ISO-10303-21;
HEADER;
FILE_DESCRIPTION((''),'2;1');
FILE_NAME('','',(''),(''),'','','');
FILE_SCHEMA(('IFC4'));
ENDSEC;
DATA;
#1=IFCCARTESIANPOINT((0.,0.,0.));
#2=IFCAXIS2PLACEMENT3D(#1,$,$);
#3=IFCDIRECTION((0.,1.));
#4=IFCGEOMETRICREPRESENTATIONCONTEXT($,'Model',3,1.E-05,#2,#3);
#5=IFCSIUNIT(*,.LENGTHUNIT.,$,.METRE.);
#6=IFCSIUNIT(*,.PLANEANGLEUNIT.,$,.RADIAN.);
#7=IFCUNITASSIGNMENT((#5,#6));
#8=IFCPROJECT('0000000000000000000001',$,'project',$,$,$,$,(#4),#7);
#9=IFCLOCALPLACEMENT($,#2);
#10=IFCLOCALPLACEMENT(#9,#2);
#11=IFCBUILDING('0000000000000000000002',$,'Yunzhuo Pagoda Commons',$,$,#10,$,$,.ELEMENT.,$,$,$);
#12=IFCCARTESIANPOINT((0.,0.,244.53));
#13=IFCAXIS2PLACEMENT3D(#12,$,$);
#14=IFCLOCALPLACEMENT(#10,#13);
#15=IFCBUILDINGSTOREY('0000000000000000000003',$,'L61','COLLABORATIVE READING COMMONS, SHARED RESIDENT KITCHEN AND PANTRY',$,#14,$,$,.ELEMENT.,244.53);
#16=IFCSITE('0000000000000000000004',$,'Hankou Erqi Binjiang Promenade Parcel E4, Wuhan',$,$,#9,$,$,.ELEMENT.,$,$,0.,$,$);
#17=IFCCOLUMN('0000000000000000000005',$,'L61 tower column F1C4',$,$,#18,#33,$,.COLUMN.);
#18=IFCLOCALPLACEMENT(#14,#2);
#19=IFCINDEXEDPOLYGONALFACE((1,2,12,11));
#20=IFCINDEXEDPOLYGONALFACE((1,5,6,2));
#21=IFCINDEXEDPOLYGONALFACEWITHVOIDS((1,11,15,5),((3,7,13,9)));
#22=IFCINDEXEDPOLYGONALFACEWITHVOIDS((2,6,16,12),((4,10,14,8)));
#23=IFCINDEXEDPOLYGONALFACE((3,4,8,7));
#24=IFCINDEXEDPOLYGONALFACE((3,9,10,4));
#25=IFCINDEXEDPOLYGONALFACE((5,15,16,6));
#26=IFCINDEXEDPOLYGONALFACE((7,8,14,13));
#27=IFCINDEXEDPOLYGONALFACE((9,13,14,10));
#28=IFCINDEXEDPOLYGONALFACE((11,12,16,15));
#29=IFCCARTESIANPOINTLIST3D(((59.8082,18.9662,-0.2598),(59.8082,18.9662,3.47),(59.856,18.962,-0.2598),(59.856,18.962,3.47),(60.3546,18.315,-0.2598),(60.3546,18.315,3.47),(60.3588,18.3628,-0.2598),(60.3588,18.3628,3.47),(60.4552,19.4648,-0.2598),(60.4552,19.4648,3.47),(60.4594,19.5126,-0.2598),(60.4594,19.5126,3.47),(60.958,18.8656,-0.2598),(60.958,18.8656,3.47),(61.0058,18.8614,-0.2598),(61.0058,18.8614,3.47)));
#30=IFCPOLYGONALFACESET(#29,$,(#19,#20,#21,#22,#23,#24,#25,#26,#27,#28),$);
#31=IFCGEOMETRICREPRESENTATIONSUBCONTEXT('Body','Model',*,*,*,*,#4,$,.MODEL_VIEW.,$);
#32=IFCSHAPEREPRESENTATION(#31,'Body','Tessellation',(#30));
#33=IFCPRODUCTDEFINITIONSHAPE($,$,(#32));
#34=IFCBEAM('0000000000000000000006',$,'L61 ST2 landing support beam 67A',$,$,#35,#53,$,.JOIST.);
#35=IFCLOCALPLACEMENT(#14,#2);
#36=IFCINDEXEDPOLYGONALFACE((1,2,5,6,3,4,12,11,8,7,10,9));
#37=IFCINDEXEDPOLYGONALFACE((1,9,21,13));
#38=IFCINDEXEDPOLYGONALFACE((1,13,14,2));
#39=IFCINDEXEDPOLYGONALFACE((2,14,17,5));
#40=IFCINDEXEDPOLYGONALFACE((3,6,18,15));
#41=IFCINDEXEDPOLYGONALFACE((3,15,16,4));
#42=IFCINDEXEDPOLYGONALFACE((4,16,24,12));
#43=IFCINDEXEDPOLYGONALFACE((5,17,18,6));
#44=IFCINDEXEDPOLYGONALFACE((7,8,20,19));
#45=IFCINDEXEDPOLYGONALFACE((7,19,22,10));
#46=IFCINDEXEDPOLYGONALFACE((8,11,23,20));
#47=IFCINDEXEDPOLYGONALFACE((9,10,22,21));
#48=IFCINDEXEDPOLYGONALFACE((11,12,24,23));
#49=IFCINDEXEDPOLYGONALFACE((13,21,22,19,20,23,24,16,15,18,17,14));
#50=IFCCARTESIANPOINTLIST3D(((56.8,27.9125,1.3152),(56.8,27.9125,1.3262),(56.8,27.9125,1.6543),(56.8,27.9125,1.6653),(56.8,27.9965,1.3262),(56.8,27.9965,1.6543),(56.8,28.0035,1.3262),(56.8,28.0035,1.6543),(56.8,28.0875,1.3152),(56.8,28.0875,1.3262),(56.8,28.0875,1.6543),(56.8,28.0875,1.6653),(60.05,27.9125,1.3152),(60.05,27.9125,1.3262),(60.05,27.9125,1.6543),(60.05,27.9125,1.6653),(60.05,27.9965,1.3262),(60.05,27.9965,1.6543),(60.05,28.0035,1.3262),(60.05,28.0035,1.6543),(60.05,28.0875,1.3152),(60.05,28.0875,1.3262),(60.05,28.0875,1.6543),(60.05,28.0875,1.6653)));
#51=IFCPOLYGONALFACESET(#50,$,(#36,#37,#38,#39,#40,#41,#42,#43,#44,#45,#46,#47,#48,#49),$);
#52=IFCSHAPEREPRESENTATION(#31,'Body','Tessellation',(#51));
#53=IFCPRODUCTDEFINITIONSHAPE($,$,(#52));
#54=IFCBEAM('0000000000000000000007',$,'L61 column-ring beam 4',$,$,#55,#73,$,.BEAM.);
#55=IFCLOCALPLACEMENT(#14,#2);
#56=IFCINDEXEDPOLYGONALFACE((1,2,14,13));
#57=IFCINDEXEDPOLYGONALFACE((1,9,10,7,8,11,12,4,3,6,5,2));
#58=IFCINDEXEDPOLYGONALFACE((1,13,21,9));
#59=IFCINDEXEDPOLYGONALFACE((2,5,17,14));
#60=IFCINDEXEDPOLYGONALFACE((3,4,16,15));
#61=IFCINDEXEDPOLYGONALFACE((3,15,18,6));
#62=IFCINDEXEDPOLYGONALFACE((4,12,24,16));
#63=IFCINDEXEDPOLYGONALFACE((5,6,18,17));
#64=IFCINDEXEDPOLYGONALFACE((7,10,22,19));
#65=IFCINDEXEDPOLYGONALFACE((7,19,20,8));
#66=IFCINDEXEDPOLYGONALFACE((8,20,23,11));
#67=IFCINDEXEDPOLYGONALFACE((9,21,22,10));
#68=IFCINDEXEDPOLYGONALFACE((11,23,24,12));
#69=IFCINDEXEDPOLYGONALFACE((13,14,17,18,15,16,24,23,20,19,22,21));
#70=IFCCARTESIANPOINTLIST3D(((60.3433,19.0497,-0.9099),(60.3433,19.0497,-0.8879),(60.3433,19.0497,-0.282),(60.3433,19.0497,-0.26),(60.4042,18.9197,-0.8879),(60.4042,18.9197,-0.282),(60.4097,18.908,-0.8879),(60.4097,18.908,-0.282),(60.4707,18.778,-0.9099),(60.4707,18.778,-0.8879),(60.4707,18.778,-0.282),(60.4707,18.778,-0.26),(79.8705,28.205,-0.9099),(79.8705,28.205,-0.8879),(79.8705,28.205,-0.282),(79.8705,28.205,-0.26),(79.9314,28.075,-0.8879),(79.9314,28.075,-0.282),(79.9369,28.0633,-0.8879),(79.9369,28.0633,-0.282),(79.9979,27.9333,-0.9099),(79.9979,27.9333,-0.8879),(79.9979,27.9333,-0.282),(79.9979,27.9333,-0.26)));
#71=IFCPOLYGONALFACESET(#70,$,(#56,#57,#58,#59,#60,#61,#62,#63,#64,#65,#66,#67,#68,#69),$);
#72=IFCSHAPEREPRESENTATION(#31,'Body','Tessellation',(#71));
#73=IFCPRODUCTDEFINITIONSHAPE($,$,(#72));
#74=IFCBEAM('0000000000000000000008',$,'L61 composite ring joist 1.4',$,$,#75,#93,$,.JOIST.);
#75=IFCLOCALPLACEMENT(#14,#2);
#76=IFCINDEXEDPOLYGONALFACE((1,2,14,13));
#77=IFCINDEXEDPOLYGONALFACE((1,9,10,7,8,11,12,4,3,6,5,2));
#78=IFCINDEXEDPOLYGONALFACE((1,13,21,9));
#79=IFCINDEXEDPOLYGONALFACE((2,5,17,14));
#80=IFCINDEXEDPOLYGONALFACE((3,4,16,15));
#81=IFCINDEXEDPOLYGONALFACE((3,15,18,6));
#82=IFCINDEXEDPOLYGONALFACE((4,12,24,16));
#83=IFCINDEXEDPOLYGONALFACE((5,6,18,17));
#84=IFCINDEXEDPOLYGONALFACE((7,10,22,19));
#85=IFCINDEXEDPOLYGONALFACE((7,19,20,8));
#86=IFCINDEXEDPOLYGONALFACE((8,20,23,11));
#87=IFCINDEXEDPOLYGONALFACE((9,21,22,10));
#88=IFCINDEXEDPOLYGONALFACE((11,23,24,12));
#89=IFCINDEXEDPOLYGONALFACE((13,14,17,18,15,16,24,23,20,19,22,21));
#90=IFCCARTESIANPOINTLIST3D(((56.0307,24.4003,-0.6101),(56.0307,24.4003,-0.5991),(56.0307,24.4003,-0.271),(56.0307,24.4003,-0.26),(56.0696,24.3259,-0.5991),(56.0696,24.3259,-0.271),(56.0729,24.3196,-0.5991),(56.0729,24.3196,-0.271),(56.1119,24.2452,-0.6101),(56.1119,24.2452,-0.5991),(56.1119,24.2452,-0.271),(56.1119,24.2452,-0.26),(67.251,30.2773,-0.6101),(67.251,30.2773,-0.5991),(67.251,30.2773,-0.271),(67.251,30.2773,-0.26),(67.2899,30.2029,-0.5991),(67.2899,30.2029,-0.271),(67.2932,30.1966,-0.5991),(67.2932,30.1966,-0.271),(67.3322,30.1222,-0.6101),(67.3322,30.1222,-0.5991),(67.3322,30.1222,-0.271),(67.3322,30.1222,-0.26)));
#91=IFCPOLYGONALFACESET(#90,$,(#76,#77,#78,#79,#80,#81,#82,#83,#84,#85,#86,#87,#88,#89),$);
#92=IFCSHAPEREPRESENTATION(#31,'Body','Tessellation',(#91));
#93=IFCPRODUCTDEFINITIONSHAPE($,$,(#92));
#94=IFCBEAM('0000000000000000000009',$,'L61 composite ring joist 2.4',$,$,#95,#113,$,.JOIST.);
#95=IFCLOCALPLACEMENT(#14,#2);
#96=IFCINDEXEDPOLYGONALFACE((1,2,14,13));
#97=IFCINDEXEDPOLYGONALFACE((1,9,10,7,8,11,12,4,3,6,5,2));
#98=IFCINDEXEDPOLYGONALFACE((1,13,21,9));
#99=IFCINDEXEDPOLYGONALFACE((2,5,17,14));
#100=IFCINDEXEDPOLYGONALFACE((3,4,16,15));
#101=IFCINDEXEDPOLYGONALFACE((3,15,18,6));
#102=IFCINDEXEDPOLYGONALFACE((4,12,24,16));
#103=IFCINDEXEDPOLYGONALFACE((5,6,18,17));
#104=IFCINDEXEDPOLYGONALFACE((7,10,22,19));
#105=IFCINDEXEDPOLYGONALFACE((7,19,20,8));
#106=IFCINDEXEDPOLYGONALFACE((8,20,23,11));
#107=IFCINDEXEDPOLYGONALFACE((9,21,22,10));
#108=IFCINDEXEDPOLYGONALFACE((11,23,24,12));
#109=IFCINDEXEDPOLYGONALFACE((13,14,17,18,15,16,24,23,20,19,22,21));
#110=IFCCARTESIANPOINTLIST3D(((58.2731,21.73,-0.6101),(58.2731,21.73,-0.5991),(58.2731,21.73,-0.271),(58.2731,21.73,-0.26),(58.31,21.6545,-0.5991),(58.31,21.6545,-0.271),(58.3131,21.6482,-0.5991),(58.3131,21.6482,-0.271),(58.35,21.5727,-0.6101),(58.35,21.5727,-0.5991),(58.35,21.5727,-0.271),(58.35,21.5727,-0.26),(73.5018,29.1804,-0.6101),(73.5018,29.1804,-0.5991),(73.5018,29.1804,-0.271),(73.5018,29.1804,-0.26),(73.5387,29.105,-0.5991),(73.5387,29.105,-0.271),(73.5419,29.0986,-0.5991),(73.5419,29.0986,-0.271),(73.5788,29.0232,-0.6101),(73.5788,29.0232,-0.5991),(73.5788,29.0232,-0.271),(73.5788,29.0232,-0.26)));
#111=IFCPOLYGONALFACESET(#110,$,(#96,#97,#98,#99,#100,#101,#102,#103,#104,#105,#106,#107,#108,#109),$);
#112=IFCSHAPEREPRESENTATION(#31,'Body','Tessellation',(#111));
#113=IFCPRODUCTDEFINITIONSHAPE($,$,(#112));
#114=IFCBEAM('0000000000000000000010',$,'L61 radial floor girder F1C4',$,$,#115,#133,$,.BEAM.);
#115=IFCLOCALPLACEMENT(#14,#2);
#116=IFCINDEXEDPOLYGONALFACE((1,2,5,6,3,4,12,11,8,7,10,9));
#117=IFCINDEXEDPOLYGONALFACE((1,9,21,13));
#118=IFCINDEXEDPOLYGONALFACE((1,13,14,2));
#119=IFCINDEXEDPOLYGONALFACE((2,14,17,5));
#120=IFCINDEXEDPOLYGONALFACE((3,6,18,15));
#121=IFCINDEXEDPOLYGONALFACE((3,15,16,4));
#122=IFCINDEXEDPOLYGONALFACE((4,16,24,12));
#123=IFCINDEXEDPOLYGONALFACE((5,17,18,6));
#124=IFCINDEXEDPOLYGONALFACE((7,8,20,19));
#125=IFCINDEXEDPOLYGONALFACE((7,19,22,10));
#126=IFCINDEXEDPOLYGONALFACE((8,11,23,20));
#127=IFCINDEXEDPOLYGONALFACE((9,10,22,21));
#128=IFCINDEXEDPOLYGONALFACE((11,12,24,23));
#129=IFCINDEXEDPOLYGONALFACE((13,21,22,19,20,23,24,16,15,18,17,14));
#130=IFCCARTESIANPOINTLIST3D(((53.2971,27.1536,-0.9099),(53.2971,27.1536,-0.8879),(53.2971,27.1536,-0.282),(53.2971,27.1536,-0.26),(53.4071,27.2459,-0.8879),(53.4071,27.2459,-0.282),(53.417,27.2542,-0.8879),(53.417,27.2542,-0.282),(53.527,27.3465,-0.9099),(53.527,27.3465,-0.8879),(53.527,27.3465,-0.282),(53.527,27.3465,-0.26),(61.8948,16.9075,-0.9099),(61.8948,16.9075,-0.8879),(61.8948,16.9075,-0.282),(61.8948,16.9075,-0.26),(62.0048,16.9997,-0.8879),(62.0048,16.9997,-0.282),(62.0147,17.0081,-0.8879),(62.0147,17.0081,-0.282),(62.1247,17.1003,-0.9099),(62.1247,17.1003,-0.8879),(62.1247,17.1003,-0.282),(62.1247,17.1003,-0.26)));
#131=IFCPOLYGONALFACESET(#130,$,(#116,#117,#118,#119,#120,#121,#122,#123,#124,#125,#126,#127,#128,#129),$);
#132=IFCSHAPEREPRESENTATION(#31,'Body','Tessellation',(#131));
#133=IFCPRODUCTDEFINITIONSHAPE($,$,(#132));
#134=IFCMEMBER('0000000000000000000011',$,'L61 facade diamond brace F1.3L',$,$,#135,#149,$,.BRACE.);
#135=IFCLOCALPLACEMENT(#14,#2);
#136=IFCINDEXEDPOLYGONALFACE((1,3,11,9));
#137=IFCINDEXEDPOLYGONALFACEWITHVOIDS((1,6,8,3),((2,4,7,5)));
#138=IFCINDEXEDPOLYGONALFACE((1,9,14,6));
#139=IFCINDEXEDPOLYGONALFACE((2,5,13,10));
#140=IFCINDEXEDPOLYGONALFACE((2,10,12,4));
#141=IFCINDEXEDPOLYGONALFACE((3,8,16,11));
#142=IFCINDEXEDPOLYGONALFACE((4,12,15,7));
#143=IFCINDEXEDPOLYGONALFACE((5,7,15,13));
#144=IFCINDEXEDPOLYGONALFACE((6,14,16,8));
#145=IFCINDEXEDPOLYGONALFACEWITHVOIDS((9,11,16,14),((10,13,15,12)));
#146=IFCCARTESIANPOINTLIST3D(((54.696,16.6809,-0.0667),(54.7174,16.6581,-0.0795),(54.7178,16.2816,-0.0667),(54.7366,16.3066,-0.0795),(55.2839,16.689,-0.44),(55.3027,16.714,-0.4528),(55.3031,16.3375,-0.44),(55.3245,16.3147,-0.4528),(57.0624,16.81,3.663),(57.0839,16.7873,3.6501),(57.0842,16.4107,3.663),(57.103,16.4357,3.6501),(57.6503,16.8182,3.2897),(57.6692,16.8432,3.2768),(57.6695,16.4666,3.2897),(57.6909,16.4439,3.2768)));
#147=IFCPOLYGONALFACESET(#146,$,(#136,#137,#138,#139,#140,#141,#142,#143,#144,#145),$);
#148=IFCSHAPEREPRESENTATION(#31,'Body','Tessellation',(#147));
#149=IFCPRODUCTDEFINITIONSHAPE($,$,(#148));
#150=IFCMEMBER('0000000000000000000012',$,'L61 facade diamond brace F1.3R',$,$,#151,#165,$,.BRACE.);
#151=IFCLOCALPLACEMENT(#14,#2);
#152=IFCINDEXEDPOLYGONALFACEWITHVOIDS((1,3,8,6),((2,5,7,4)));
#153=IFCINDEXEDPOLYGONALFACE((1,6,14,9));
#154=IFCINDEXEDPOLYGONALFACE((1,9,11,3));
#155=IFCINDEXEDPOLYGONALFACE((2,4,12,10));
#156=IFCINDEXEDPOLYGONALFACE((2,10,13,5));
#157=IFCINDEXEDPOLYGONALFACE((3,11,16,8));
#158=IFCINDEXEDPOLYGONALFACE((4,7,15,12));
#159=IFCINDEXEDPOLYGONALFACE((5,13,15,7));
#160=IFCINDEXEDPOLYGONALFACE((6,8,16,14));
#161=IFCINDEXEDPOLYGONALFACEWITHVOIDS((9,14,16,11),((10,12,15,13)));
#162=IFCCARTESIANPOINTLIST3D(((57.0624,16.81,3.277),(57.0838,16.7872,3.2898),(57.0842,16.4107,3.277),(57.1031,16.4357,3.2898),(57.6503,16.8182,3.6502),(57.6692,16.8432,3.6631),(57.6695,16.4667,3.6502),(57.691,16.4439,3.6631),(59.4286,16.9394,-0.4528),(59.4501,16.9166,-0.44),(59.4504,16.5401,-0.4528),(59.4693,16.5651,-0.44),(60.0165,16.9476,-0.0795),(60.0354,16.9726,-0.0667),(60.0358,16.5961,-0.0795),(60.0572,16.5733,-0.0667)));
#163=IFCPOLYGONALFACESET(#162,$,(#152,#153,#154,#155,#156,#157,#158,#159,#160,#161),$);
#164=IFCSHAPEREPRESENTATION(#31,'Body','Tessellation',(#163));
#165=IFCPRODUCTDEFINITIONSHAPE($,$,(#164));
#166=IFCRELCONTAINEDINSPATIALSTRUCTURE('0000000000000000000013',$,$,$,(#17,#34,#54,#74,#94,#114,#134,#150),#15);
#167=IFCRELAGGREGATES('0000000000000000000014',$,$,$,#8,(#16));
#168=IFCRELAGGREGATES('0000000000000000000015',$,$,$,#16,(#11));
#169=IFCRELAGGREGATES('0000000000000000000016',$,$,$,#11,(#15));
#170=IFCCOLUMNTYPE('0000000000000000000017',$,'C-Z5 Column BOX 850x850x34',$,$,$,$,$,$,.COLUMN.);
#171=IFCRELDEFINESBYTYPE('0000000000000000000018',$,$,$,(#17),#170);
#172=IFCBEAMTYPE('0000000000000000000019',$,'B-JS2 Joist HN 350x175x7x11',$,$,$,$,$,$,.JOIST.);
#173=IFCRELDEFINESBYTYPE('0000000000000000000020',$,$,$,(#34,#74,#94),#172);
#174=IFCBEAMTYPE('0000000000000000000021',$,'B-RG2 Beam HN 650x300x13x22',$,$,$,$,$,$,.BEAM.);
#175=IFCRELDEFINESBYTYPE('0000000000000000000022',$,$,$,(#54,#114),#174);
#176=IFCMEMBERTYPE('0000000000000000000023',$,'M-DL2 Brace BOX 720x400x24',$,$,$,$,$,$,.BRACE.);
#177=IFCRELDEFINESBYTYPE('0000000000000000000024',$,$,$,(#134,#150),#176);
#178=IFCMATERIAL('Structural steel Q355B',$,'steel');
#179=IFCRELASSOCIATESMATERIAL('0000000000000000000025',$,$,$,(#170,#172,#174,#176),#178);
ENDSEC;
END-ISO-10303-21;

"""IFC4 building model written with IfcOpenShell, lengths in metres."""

from ifc_helpers import new_model, si_unit, direction, frame, origin, origin_2d, place, context, subcontext, project, spatial, hollow_rectangle, i_section, extrude, source, transform, mapped, material, material_profile, profile_set, type_object, element, save


model = new_model("IFC4")

# Units and contexts
model_context = context("Model", 3, precision=1e-05, world=origin(), true_north=direction((0.0, 1.0)))
body_context = subcontext(model_context, "Body", "Model", "MODEL_VIEW")
ifc_project = project(units=[si_unit("LENGTHUNIT", "METRE"), si_unit("PLANEANGLEUNIT", "RADIAN")], contexts=[model_context])

# Site, building, storey
site_placement = place(None, origin())
site = spatial("IfcSite", under=ifc_project, at=site_placement, Name="Hankou Erqi Binjiang Promenade Parcel E4, Wuhan", CompositionType="ELEMENT", RefElevation=0.0)
building_placement = place(site_placement, origin())
building = spatial("IfcBuilding", under=site, at=building_placement, Name="Yunzhuo Pagoda Commons", CompositionType="ELEMENT")
storey_placement = place(building_placement, frame((0.0, 0.0, 244.53)))
storey = spatial("IfcBuildingStorey", under=building, at=storey_placement, Name="L61", Description="COLLABORATIVE READING COMMONS, SHARED RESIDENT KITCHEN AND PANTRY", CompositionType="ELEMENT", Elevation=244.53)

# Column
ifc_material_1 = material(Name="Structural steel Q355B", Category="steel")
ifc_material_profile_1 = material_profile(ifc_material_1, hollow_rectangle(XDim=0.8501, YDim=0.8501, WallThickness=0.0339, at=origin_2d()), Name="Structural steel Q355B")
ifc_profile_set_1 = profile_set([ifc_material_profile_1], Name="Structural steel Q355B")
column_type = type_object("IfcColumnType", Name="C-Z5 Column BOX 850x850x34", PredefinedType="COLUMN", material=ifc_profile_set_1)
shared_shape_1 = source(origin(), body_context, "Body", "SweptSolid", [
    extrude(hollow_rectangle(XDim=0.8501, YDim=0.8501, WallThickness=0.0339, at=origin_2d()), origin(), (0.0, 0.0, 1.0), 3.7297),
])
column_placement = place(storey_placement, frame((60.407, 18.9138, -0.2598), z_axis=(0.0, 0.0, 1.0), x_axis=(0.766044, 0.642788, 0.0)))
element("IfcColumn", 1, at=column_placement, inside=storey, type_object=column_type, Name="L61 tower column F1C4", PredefinedType="COLUMN", context=body_context, shape_type="MappedRepresentation", body=[
    mapped(shared_shape_1, transform((0.0, 0.0, 0.0), scale=1.0)),
])

# Beams
ifc_material_profile_2 = material_profile(ifc_material_1, i_section(OverallWidth=0.175, OverallDepth=0.3501, WebThickness=0.0071, FlangeThickness=0.011, at=origin_2d()), Name="Structural steel Q355B")
ifc_profile_set_2 = profile_set([ifc_material_profile_2], Name="Structural steel Q355B")
beam_type_1 = type_object("IfcBeamType", Name="B-JS2 Joist HN 350x175x7x11", PredefinedType="JOIST", material=ifc_profile_set_2)
shared_shape_2 = source(origin(), body_context, "Body", "SweptSolid", [
    extrude(i_section(OverallWidth=0.175, OverallDepth=0.3501, WebThickness=0.0071, FlangeThickness=0.011, at=origin_2d()), origin(), (0.0, 0.0, 1.0), 3.25),
])
beam_1_placement = place(storey_placement, frame((56.8, 28.0, 1.4902), z_axis=(1.0, 0.0, 0.0), x_axis=(0.0, 1.0, 0.0)))
element("IfcBeam", 2, at=beam_1_placement, inside=storey, type_object=beam_type_1, Name="L61 ST2 landing support beam 67A", PredefinedType="JOIST", context=body_context, shape_type="MappedRepresentation", body=[
    mapped(shared_shape_2, transform((0.0, 0.0, 0.0), scale=1.0)),
])
ifc_material_profile_3 = material_profile(ifc_material_1, i_section(OverallWidth=0.3, OverallDepth=0.6499, WebThickness=0.0129, FlangeThickness=0.022, at=origin_2d()), Name="Structural steel Q355B")
ifc_profile_set_3 = profile_set([ifc_material_profile_3], Name="Structural steel Q355B")
beam_type_2 = type_object("IfcBeamType", Name="B-RG2 Beam HN 650x300x13x22", PredefinedType="BEAM", material=ifc_profile_set_3)
shared_shape_3 = source(origin(), body_context, "Body", "SweptSolid", [
    extrude(i_section(OverallWidth=0.3, OverallDepth=0.6499, WebThickness=0.0129, FlangeThickness=0.022, at=origin_2d()), origin(), (0.0, 0.0, 1.0), 21.5669),
])
beam_2_placement = place(storey_placement, frame((60.407, 18.9138, -0.585), z_axis=(0.905424, 0.424508, 0.0), x_axis=(-0.424508, 0.905424, 0.0)))
element("IfcBeam", 3, at=beam_2_placement, inside=storey, type_object=beam_type_2, Name="L61 column-ring beam 4", PredefinedType="BEAM", context=body_context, shape_type="MappedRepresentation", body=[
    mapped(shared_shape_3, transform((0.0, 0.0, 0.0), scale=1.0)),
])
shared_shape_4 = source(origin(), body_context, "Body", "SweptSolid", [
    extrude(i_section(OverallWidth=0.175, OverallDepth=0.3501, WebThickness=0.0071, FlangeThickness=0.011, at=origin_2d()), origin(), (0.0, 0.0, 1.0), 12.6663),
])
beam_3_placement = place(storey_placement, frame((56.0713, 24.3228, -0.4351), z_axis=(0.885841, 0.463988, 0.0), x_axis=(-0.463988, 0.885841, 0.0)))
element("IfcBeam", 4, at=beam_3_placement, inside=storey, type_object=beam_type_1, Name="L61 composite ring joist 1.4", PredefinedType="JOIST", context=body_context, shape_type="MappedRepresentation", body=[
    mapped(shared_shape_4, transform((0.0, 0.0, 0.0), scale=1.0)),
])
shared_shape_5 = source(origin(), body_context, "Body", "SweptSolid", [
    extrude(i_section(OverallWidth=0.175, OverallDepth=0.3501, WebThickness=0.0071, FlangeThickness=0.011, at=origin_2d()), origin(), (0.0, 0.0, 1.0), 16.9536),
])
beam_4_placement = place(storey_placement, frame((58.3115, 21.6514, -0.4351), z_axis=(0.898262, 0.439461, 0.0), x_axis=(-0.439461, 0.898262, 0.0)))
element("IfcBeam", 5, at=beam_4_placement, inside=storey, type_object=beam_type_1, Name="L61 composite ring joist 2.4", PredefinedType="JOIST", context=body_context, shape_type="MappedRepresentation", body=[
    mapped(shared_shape_5, transform((0.0, 0.0, 0.0), scale=1.0)),
])
shared_shape_6 = source(origin(), body_context, "Body", "SweptSolid", [
    extrude(i_section(OverallWidth=0.3, OverallDepth=0.6499, WebThickness=0.0129, FlangeThickness=0.022, at=origin_2d()), origin(), (0.0, 0.0, 1.0), 13.3755),
])
beam_5_placement = place(storey_placement, frame((62.0098, 17.0039, -0.585), z_axis=(-0.642795, 0.766038, 0.0), x_axis=(-0.766038, -0.642795, 0.0)))
element("IfcBeam", 6, at=beam_5_placement, inside=storey, type_object=beam_type_2, Name="L61 radial floor girder F1C4", PredefinedType="BEAM", context=body_context, shape_type="MappedRepresentation", body=[
    mapped(shared_shape_6, transform((0.0, 0.0, 0.0), scale=1.0)),
])

# Members
ifc_material_profile_4 = material_profile(ifc_material_1, hollow_rectangle(XDim=0.3999, YDim=0.72, WallThickness=0.0239, at=origin_2d()), Name="Structural steel Q355B")
ifc_profile_set_4 = profile_set([ifc_material_profile_4], Name="Structural steel Q355B")
member_type_1 = type_object("IfcMemberType", Name="M-DL2 Brace BOX 720x400x24", PredefinedType="BRACE", material=ifc_profile_set_4)
shared_shape_7 = source(origin(), body_context, "Body", "SweptSolid", [
    extrude(hollow_rectangle(XDim=0.3999, YDim=0.72, WallThickness=0.0239, at=origin_2d()), origin(), (0.0, 0.0, 1.0), 4.4189),
])
for number, where, z_axis, x_axis, name in (
    (7, (55.0103, 16.4978, -0.2598), (0.535516, 0.029226, 0.844019), (-0.054494, 0.998514, 0.0), "L61 facade diamond brace F1.3L"),
    (8, (59.7429, 16.7563, -0.2598), (-0.535476, -0.029282, 0.844043), (0.054603, -0.998508, 0.0), "L61 facade diamond brace F1.3R"),
):
    element("IfcMember", number, at=place(storey_placement, frame(where, z_axis=z_axis, x_axis=x_axis)), inside=storey, type_object=member_type_1, Name=name, PredefinedType="BRACE", context=body_context, shape_type="MappedRepresentation", body=[
        mapped(shared_shape_7, transform((0.0, 0.0, 0.0), scale=1.0)),
    ])

save(model, "model.ifc")
